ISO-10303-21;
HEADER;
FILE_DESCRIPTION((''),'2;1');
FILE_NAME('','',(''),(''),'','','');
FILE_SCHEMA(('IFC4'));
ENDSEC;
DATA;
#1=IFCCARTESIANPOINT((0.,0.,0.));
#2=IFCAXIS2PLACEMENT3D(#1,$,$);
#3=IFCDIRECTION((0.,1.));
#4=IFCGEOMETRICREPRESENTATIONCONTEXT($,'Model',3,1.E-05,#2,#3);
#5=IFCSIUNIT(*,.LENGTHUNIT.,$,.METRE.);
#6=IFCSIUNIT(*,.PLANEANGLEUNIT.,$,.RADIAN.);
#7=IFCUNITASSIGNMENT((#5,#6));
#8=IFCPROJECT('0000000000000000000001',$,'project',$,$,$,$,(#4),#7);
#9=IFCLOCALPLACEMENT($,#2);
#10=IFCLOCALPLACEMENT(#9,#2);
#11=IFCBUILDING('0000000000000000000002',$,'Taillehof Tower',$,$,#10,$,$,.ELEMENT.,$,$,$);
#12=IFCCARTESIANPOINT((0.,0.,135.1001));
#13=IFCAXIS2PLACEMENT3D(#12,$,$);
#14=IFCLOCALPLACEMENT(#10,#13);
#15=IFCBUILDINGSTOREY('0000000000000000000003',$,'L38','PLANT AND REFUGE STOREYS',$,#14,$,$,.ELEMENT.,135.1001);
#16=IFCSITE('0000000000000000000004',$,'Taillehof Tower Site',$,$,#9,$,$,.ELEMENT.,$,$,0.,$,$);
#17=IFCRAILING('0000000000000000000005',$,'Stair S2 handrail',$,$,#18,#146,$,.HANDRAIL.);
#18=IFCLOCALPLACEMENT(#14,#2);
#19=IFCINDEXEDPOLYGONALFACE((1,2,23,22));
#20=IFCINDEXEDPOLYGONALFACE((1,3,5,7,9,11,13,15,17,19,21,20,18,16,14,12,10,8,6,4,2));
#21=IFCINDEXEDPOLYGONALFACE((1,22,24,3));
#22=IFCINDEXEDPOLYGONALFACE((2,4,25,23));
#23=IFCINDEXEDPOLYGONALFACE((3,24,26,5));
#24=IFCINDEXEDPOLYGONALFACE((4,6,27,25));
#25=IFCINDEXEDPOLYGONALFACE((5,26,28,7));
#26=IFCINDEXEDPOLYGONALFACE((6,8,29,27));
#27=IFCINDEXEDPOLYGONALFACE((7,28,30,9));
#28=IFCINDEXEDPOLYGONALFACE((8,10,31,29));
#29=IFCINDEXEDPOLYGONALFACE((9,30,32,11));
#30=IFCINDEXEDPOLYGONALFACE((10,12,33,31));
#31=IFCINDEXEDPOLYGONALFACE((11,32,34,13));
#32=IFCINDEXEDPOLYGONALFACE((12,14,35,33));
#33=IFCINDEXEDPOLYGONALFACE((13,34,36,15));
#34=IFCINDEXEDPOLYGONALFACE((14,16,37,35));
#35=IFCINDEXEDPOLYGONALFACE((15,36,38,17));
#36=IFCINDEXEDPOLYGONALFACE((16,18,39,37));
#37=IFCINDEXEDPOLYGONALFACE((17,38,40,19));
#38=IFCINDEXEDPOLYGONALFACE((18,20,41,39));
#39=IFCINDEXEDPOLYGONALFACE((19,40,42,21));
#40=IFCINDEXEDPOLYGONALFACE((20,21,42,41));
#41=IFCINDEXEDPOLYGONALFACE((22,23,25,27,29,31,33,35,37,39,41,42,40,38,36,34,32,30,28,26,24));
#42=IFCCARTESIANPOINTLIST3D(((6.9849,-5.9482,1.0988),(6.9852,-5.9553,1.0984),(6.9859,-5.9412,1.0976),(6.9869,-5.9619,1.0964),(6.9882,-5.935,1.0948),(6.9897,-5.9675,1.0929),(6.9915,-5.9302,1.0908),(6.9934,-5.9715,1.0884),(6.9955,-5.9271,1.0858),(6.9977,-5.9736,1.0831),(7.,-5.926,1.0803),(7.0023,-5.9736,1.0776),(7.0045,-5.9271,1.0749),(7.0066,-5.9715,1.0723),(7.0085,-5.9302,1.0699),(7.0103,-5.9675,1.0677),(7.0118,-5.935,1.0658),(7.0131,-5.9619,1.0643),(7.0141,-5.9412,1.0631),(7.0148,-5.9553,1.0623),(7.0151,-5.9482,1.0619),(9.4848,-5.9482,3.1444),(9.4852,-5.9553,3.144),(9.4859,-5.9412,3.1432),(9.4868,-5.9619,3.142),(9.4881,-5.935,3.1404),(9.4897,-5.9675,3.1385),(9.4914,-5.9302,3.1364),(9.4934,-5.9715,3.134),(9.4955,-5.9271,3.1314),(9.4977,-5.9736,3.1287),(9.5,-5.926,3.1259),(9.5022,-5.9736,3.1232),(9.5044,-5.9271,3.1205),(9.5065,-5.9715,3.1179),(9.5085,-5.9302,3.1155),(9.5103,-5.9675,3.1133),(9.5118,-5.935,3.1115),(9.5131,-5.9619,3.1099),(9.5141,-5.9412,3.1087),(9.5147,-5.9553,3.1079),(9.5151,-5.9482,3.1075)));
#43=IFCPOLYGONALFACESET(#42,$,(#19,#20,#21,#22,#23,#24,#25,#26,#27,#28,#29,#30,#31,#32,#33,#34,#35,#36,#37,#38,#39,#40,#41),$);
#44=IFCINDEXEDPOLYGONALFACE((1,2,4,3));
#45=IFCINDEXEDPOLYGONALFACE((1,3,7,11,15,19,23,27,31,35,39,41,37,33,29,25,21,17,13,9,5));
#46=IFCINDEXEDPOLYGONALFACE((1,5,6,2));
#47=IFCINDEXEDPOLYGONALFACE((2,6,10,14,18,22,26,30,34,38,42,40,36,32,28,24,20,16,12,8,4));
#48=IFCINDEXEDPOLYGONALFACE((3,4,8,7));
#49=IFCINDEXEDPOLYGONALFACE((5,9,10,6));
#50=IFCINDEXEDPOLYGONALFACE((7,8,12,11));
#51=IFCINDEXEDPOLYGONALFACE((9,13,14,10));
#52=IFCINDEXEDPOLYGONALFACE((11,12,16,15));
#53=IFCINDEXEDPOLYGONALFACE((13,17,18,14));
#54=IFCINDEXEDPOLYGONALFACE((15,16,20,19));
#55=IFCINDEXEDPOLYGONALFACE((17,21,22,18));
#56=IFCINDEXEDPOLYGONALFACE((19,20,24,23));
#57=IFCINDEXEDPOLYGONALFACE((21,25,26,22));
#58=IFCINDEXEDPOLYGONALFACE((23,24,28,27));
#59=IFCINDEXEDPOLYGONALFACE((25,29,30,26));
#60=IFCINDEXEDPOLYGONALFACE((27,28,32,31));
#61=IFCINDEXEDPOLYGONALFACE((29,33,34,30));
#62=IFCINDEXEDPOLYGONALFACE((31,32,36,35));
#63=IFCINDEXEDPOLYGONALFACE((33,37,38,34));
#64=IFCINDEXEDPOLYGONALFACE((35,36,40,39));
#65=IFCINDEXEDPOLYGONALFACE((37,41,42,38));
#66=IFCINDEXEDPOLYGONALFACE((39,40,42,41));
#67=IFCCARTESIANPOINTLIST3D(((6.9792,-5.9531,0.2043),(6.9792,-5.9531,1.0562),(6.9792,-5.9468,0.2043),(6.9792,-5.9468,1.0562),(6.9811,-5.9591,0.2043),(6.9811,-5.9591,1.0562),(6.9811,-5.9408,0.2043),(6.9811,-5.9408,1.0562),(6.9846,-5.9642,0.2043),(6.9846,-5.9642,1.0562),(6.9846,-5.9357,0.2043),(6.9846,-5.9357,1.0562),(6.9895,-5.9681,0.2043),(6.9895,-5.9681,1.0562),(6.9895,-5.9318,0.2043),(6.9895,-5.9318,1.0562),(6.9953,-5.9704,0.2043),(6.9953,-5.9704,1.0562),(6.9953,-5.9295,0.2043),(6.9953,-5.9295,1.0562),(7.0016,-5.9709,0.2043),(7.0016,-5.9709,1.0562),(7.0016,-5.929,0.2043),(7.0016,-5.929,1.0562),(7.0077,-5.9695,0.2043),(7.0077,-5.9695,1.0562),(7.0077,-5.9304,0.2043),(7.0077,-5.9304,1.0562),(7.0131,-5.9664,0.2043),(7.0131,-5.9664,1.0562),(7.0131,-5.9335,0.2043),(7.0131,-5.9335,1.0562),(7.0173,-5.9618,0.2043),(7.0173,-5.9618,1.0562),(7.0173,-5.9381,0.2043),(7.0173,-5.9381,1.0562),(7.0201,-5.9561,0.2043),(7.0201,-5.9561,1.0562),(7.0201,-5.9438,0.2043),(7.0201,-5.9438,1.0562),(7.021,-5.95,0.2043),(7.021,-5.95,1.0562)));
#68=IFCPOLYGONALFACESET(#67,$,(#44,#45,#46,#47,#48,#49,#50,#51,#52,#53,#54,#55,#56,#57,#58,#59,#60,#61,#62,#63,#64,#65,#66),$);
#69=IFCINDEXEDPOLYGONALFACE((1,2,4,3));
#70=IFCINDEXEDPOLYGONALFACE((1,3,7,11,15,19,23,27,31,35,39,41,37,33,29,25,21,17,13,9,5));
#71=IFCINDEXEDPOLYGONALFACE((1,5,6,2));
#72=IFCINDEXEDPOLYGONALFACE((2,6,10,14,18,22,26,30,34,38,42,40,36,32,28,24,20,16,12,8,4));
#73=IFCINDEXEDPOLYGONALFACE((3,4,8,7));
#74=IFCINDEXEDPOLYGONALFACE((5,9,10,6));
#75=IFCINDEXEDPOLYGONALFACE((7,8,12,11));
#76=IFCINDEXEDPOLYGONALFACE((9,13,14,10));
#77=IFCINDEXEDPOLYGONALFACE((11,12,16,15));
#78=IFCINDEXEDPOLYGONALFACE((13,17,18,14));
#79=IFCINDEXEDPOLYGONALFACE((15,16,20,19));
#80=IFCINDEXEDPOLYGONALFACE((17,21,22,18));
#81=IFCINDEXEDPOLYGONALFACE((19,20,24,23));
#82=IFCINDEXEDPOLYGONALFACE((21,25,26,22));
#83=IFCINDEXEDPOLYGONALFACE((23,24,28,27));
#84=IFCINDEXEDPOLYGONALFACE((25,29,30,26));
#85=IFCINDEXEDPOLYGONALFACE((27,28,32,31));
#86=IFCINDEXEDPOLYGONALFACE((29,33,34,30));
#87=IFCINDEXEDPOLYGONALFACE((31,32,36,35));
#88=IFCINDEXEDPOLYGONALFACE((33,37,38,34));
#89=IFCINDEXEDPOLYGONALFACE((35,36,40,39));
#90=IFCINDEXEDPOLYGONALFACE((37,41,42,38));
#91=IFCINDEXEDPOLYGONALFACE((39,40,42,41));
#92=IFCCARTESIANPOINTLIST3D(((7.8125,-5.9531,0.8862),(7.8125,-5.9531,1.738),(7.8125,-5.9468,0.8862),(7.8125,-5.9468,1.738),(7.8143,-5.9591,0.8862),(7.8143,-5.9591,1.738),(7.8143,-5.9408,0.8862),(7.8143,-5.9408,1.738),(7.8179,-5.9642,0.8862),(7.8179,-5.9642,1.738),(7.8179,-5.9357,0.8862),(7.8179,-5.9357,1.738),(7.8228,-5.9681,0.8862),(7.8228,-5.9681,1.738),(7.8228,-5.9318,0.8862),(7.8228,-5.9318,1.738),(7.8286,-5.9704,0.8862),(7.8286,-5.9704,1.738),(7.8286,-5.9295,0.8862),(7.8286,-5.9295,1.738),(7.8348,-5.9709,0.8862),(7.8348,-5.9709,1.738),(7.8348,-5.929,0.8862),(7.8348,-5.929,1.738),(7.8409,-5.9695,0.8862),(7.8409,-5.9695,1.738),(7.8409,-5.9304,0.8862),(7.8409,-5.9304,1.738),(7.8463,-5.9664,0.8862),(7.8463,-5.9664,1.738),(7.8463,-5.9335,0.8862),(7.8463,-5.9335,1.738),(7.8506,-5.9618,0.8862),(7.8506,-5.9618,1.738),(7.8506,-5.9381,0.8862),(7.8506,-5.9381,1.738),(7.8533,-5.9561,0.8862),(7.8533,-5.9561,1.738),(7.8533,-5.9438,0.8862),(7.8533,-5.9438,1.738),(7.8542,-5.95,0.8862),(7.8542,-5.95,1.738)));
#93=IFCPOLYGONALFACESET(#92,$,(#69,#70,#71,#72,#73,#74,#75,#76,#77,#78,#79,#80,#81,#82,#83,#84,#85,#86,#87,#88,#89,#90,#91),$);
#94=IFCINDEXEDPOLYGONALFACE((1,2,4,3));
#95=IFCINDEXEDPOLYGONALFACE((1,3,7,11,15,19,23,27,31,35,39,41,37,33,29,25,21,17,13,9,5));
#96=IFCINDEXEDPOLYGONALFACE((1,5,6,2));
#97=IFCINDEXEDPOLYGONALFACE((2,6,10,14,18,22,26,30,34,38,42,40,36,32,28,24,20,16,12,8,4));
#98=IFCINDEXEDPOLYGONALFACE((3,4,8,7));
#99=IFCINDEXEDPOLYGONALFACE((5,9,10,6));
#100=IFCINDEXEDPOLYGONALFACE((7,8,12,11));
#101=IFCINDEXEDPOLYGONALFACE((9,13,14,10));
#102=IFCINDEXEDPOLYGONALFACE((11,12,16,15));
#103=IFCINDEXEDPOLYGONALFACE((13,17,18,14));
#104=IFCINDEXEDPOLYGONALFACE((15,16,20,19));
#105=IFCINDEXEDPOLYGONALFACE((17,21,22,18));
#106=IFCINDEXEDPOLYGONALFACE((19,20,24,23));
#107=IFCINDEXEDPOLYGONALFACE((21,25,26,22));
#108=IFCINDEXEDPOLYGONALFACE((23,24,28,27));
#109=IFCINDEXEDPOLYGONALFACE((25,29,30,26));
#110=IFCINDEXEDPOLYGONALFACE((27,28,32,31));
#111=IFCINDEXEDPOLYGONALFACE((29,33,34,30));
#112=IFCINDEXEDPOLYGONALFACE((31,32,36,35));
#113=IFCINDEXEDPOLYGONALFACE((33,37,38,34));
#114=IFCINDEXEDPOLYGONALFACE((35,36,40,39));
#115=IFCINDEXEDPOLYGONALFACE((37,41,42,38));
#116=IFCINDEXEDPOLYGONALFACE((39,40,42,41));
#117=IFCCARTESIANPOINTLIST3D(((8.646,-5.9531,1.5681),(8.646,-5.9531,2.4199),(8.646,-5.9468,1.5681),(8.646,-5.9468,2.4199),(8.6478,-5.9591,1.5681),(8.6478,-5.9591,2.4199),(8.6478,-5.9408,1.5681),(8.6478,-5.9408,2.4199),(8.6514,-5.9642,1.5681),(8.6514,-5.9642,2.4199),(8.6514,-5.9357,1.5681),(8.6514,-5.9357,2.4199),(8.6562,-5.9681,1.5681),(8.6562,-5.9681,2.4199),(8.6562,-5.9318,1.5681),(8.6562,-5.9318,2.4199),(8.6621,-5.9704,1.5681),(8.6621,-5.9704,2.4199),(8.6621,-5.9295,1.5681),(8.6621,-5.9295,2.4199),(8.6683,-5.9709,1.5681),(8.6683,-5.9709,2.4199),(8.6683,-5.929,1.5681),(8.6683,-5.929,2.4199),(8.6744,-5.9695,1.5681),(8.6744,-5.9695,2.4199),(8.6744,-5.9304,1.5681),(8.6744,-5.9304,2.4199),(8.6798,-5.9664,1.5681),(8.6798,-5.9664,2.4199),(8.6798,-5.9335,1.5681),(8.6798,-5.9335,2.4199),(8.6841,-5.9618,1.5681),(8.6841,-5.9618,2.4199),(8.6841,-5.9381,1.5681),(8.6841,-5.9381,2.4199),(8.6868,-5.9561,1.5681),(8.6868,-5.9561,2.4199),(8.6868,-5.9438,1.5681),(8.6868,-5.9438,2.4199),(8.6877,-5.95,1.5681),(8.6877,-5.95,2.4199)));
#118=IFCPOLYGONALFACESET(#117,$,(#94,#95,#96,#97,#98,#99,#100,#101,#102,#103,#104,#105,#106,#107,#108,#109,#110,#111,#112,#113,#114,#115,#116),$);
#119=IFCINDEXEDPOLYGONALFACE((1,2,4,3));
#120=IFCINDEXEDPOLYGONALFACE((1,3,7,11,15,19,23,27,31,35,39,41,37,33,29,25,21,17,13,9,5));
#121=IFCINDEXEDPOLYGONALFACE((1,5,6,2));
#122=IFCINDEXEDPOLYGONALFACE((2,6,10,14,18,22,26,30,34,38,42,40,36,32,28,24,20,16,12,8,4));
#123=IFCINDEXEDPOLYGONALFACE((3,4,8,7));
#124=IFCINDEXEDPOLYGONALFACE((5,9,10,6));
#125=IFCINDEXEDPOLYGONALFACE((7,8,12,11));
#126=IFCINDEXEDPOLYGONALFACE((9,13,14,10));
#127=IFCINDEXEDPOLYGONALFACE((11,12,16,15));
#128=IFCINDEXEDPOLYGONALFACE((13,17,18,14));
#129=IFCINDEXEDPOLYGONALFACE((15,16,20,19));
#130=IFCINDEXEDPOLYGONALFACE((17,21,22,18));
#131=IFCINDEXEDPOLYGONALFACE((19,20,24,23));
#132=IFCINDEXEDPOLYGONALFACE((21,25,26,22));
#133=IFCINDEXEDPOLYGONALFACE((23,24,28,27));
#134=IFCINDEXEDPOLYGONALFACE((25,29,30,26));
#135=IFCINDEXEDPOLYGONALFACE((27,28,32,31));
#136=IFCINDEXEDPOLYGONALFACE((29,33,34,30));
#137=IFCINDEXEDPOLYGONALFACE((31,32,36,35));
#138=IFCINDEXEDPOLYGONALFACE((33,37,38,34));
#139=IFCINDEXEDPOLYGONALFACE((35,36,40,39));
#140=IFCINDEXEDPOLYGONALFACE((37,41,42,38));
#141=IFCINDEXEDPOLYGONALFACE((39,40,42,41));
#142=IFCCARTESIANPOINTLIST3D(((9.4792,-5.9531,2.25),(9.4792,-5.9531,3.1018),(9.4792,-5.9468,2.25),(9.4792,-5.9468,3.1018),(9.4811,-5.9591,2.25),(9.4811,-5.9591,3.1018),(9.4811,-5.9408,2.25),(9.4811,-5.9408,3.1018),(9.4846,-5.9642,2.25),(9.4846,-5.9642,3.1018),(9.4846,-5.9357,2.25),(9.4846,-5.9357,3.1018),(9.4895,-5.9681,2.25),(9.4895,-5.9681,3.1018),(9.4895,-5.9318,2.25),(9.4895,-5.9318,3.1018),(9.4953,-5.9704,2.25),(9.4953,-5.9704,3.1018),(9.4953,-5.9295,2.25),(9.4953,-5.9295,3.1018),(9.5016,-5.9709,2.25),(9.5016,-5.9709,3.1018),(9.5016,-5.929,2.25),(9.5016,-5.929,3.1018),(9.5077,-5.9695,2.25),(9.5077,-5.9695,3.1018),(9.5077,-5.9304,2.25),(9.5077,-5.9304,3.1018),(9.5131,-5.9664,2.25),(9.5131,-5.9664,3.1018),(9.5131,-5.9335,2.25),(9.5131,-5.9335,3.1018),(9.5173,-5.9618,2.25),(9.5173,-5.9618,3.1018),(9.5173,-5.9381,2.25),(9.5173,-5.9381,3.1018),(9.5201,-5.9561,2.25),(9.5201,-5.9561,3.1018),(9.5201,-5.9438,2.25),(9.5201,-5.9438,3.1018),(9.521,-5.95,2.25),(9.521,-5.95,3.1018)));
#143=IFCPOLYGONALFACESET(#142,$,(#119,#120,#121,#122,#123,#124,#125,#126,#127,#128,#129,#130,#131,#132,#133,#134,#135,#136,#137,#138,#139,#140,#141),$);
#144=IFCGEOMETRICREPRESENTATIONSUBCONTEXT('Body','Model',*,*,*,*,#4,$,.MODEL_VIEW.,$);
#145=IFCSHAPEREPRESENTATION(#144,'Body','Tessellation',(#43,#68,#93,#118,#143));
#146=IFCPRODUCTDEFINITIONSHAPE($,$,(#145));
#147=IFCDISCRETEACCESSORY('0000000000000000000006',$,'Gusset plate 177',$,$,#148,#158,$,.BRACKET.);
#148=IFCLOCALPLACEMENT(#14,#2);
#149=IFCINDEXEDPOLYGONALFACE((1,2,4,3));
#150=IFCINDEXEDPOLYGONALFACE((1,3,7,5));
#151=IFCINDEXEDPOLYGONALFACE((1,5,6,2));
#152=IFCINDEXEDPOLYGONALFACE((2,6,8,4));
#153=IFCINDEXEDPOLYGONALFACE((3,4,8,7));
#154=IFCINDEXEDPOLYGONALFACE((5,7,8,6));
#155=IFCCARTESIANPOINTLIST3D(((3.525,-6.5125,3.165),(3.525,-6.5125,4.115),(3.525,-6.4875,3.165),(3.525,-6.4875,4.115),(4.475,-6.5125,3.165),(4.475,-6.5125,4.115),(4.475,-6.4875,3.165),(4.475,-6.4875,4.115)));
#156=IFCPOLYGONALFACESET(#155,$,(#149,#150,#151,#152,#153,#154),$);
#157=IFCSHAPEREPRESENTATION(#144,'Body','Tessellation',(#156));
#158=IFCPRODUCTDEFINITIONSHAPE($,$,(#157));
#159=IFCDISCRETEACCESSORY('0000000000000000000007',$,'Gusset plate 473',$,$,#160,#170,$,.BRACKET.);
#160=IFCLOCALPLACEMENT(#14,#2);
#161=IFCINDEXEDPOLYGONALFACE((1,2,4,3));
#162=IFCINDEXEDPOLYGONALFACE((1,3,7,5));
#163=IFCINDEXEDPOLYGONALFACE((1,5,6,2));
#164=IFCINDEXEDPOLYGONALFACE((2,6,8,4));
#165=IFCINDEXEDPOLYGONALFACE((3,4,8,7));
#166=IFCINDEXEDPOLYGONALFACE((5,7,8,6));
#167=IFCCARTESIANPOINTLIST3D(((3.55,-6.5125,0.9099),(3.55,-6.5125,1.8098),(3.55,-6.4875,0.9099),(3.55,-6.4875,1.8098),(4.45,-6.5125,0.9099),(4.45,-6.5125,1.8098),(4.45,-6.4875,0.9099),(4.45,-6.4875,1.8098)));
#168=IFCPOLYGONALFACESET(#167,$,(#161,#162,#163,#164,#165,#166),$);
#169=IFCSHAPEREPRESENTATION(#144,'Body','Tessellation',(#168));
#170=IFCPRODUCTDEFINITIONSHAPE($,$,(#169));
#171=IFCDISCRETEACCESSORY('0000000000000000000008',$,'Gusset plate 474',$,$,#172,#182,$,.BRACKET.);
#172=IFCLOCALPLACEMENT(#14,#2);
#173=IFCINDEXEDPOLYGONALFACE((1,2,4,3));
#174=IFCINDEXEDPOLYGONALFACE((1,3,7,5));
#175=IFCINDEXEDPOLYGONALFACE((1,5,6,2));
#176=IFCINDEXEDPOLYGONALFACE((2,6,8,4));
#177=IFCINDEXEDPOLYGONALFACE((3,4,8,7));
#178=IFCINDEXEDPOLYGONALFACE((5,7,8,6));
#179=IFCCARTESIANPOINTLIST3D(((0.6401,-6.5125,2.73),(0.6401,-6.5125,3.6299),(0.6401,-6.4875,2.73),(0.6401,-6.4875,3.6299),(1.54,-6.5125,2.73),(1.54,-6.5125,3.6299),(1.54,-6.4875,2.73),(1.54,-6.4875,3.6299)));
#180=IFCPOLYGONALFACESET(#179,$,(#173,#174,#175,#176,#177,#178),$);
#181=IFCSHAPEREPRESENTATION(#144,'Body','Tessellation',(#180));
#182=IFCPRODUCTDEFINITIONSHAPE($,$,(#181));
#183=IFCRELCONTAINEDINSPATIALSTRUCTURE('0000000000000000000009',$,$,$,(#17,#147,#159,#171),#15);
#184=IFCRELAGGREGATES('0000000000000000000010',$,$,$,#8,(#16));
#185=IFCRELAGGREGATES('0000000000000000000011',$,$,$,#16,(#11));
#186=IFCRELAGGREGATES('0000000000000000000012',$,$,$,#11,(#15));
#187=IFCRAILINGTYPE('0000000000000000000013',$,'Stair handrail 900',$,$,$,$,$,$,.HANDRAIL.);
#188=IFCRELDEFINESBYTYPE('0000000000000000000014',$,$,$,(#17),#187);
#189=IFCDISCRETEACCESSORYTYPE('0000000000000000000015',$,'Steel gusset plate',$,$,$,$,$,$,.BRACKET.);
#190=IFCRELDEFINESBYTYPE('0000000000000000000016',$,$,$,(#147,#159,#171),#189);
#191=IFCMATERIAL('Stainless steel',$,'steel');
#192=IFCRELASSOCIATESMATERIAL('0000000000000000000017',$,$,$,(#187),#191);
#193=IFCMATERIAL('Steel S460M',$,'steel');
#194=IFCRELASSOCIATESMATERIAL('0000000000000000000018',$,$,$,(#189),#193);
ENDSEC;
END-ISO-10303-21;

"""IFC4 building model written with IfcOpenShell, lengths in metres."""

from ifc_helpers import new_model, si_unit, direction, frame, origin, origin_2d, place, context, subcontext, project, spatial, rectangle, circle, extrude, material, type_object, element, save


model = new_model("IFC4")

# Units and contexts
model_context = context("Model", 3, precision=1e-05, world=origin(), true_north=direction((0.0, 1.0)))
body_context = subcontext(model_context, "Body", "Model", "MODEL_VIEW")
ifc_project = project(units=[si_unit("LENGTHUNIT", "METRE"), si_unit("PLANEANGLEUNIT", "RADIAN")], contexts=[model_context])

# Site, building, storey
site_placement = place(None, origin())
site = spatial("IfcSite", under=ifc_project, at=site_placement, Name="Taillehof Tower Site", CompositionType="ELEMENT", RefElevation=0.0)
building_placement = place(site_placement, origin())
building = spatial("IfcBuilding", under=site, at=building_placement, Name="Taillehof Tower", CompositionType="ELEMENT")
storey_placement = place(building_placement, frame((0.0, 0.0, 135.1001)))
storey = spatial("IfcBuildingStorey", under=building, at=storey_placement, Name="L38", Description="PLANT AND REFUGE STOREYS", CompositionType="ELEMENT", Elevation=135.1001)

# Railing
ifc_material_1 = material(Name="Stainless steel", Category="steel")
railing_type = type_object("IfcRailingType", Name="Stair handrail 900", PredefinedType="HANDRAIL", material=ifc_material_1)
railing_placement = place(storey_placement, frame((7.0, -5.95, 0.2043)))
element("IfcRailing", 1, at=railing_placement, inside=storey, type_object=railing_type, Name="Stair S2 handrail", PredefinedType="HANDRAIL", context=body_context, shape_type="SweptSolid", body=[
    extrude(circle(Radius=0.0239, at=origin_2d()), frame((0.0, 0.0, 0.876), z_axis=(0.773927, 0.0, 0.633275), x_axis=(0.0, 1.0, 0.0)), (0.0, 0.0, 1.0), 3.2302),
    extrude(circle(Radius=0.021, at=origin_2d()), origin(), (0.0, 0.0, 1.0), 0.8518),
    extrude(circle(Radius=0.021, at=origin_2d()), frame((0.8333, 0.0, 0.6819)), (0.0, 0.0, 1.0), 0.8518),
    extrude(circle(Radius=0.021, at=origin_2d()), frame((1.6667, 0.0, 1.3638)), (0.0, 0.0, 1.0), 0.8518),
    extrude(circle(Radius=0.021, at=origin_2d()), frame((2.5, 0.0, 2.0457)), (0.0, 0.0, 1.0), 0.8518),
])

# Discrete accessories
ifc_material_2 = material(Name="Steel S460M", Category="steel")
discrete_accessory_type = type_object("IfcDiscreteAccessoryType", Name="Steel gusset plate", PredefinedType="BRACKET", material=ifc_material_2)
discrete_accessory_placement = place(storey_placement, frame((4.0, -6.5, 3.165), z_axis=(0.0, 0.0, 1.0), x_axis=(-1.0, 0.0, 0.0)))
element("IfcDiscreteAccessory", 2, at=discrete_accessory_placement, inside=storey, type_object=discrete_accessory_type, Name="Gusset plate 177", PredefinedType="BRACKET", context=body_context, shape_type="SweptSolid", body=[
    extrude(rectangle(XDim=0.95, YDim=0.0249, at=origin_2d()), origin(), (0.0, 0.0, 1.0), 0.95),
])
for number, where, z_axis, x_axis, name in (
    (3, (4.0, -6.5, 0.9099), (0.0, 0.0, 1.0), (1.0, 0.0, 0.0), "Gusset plate 473"),
    (4, (1.0901, -6.5, 2.73), (0.0, 0.0, 1.0), (1.0, 0.0, 0.0), "Gusset plate 474"),
):
    element("IfcDiscreteAccessory", number, at=place(storey_placement, frame(where, z_axis=z_axis, x_axis=x_axis)), inside=storey, type_object=discrete_accessory_type, Name=name, PredefinedType="BRACKET", context=body_context, shape_type="SweptSolid", body=[
        extrude(rectangle(XDim=0.8999, YDim=0.0249, at=origin_2d()), origin(), (0.0, 0.0, 1.0), 0.8999),
    ])

save(model, "model.ifc")
